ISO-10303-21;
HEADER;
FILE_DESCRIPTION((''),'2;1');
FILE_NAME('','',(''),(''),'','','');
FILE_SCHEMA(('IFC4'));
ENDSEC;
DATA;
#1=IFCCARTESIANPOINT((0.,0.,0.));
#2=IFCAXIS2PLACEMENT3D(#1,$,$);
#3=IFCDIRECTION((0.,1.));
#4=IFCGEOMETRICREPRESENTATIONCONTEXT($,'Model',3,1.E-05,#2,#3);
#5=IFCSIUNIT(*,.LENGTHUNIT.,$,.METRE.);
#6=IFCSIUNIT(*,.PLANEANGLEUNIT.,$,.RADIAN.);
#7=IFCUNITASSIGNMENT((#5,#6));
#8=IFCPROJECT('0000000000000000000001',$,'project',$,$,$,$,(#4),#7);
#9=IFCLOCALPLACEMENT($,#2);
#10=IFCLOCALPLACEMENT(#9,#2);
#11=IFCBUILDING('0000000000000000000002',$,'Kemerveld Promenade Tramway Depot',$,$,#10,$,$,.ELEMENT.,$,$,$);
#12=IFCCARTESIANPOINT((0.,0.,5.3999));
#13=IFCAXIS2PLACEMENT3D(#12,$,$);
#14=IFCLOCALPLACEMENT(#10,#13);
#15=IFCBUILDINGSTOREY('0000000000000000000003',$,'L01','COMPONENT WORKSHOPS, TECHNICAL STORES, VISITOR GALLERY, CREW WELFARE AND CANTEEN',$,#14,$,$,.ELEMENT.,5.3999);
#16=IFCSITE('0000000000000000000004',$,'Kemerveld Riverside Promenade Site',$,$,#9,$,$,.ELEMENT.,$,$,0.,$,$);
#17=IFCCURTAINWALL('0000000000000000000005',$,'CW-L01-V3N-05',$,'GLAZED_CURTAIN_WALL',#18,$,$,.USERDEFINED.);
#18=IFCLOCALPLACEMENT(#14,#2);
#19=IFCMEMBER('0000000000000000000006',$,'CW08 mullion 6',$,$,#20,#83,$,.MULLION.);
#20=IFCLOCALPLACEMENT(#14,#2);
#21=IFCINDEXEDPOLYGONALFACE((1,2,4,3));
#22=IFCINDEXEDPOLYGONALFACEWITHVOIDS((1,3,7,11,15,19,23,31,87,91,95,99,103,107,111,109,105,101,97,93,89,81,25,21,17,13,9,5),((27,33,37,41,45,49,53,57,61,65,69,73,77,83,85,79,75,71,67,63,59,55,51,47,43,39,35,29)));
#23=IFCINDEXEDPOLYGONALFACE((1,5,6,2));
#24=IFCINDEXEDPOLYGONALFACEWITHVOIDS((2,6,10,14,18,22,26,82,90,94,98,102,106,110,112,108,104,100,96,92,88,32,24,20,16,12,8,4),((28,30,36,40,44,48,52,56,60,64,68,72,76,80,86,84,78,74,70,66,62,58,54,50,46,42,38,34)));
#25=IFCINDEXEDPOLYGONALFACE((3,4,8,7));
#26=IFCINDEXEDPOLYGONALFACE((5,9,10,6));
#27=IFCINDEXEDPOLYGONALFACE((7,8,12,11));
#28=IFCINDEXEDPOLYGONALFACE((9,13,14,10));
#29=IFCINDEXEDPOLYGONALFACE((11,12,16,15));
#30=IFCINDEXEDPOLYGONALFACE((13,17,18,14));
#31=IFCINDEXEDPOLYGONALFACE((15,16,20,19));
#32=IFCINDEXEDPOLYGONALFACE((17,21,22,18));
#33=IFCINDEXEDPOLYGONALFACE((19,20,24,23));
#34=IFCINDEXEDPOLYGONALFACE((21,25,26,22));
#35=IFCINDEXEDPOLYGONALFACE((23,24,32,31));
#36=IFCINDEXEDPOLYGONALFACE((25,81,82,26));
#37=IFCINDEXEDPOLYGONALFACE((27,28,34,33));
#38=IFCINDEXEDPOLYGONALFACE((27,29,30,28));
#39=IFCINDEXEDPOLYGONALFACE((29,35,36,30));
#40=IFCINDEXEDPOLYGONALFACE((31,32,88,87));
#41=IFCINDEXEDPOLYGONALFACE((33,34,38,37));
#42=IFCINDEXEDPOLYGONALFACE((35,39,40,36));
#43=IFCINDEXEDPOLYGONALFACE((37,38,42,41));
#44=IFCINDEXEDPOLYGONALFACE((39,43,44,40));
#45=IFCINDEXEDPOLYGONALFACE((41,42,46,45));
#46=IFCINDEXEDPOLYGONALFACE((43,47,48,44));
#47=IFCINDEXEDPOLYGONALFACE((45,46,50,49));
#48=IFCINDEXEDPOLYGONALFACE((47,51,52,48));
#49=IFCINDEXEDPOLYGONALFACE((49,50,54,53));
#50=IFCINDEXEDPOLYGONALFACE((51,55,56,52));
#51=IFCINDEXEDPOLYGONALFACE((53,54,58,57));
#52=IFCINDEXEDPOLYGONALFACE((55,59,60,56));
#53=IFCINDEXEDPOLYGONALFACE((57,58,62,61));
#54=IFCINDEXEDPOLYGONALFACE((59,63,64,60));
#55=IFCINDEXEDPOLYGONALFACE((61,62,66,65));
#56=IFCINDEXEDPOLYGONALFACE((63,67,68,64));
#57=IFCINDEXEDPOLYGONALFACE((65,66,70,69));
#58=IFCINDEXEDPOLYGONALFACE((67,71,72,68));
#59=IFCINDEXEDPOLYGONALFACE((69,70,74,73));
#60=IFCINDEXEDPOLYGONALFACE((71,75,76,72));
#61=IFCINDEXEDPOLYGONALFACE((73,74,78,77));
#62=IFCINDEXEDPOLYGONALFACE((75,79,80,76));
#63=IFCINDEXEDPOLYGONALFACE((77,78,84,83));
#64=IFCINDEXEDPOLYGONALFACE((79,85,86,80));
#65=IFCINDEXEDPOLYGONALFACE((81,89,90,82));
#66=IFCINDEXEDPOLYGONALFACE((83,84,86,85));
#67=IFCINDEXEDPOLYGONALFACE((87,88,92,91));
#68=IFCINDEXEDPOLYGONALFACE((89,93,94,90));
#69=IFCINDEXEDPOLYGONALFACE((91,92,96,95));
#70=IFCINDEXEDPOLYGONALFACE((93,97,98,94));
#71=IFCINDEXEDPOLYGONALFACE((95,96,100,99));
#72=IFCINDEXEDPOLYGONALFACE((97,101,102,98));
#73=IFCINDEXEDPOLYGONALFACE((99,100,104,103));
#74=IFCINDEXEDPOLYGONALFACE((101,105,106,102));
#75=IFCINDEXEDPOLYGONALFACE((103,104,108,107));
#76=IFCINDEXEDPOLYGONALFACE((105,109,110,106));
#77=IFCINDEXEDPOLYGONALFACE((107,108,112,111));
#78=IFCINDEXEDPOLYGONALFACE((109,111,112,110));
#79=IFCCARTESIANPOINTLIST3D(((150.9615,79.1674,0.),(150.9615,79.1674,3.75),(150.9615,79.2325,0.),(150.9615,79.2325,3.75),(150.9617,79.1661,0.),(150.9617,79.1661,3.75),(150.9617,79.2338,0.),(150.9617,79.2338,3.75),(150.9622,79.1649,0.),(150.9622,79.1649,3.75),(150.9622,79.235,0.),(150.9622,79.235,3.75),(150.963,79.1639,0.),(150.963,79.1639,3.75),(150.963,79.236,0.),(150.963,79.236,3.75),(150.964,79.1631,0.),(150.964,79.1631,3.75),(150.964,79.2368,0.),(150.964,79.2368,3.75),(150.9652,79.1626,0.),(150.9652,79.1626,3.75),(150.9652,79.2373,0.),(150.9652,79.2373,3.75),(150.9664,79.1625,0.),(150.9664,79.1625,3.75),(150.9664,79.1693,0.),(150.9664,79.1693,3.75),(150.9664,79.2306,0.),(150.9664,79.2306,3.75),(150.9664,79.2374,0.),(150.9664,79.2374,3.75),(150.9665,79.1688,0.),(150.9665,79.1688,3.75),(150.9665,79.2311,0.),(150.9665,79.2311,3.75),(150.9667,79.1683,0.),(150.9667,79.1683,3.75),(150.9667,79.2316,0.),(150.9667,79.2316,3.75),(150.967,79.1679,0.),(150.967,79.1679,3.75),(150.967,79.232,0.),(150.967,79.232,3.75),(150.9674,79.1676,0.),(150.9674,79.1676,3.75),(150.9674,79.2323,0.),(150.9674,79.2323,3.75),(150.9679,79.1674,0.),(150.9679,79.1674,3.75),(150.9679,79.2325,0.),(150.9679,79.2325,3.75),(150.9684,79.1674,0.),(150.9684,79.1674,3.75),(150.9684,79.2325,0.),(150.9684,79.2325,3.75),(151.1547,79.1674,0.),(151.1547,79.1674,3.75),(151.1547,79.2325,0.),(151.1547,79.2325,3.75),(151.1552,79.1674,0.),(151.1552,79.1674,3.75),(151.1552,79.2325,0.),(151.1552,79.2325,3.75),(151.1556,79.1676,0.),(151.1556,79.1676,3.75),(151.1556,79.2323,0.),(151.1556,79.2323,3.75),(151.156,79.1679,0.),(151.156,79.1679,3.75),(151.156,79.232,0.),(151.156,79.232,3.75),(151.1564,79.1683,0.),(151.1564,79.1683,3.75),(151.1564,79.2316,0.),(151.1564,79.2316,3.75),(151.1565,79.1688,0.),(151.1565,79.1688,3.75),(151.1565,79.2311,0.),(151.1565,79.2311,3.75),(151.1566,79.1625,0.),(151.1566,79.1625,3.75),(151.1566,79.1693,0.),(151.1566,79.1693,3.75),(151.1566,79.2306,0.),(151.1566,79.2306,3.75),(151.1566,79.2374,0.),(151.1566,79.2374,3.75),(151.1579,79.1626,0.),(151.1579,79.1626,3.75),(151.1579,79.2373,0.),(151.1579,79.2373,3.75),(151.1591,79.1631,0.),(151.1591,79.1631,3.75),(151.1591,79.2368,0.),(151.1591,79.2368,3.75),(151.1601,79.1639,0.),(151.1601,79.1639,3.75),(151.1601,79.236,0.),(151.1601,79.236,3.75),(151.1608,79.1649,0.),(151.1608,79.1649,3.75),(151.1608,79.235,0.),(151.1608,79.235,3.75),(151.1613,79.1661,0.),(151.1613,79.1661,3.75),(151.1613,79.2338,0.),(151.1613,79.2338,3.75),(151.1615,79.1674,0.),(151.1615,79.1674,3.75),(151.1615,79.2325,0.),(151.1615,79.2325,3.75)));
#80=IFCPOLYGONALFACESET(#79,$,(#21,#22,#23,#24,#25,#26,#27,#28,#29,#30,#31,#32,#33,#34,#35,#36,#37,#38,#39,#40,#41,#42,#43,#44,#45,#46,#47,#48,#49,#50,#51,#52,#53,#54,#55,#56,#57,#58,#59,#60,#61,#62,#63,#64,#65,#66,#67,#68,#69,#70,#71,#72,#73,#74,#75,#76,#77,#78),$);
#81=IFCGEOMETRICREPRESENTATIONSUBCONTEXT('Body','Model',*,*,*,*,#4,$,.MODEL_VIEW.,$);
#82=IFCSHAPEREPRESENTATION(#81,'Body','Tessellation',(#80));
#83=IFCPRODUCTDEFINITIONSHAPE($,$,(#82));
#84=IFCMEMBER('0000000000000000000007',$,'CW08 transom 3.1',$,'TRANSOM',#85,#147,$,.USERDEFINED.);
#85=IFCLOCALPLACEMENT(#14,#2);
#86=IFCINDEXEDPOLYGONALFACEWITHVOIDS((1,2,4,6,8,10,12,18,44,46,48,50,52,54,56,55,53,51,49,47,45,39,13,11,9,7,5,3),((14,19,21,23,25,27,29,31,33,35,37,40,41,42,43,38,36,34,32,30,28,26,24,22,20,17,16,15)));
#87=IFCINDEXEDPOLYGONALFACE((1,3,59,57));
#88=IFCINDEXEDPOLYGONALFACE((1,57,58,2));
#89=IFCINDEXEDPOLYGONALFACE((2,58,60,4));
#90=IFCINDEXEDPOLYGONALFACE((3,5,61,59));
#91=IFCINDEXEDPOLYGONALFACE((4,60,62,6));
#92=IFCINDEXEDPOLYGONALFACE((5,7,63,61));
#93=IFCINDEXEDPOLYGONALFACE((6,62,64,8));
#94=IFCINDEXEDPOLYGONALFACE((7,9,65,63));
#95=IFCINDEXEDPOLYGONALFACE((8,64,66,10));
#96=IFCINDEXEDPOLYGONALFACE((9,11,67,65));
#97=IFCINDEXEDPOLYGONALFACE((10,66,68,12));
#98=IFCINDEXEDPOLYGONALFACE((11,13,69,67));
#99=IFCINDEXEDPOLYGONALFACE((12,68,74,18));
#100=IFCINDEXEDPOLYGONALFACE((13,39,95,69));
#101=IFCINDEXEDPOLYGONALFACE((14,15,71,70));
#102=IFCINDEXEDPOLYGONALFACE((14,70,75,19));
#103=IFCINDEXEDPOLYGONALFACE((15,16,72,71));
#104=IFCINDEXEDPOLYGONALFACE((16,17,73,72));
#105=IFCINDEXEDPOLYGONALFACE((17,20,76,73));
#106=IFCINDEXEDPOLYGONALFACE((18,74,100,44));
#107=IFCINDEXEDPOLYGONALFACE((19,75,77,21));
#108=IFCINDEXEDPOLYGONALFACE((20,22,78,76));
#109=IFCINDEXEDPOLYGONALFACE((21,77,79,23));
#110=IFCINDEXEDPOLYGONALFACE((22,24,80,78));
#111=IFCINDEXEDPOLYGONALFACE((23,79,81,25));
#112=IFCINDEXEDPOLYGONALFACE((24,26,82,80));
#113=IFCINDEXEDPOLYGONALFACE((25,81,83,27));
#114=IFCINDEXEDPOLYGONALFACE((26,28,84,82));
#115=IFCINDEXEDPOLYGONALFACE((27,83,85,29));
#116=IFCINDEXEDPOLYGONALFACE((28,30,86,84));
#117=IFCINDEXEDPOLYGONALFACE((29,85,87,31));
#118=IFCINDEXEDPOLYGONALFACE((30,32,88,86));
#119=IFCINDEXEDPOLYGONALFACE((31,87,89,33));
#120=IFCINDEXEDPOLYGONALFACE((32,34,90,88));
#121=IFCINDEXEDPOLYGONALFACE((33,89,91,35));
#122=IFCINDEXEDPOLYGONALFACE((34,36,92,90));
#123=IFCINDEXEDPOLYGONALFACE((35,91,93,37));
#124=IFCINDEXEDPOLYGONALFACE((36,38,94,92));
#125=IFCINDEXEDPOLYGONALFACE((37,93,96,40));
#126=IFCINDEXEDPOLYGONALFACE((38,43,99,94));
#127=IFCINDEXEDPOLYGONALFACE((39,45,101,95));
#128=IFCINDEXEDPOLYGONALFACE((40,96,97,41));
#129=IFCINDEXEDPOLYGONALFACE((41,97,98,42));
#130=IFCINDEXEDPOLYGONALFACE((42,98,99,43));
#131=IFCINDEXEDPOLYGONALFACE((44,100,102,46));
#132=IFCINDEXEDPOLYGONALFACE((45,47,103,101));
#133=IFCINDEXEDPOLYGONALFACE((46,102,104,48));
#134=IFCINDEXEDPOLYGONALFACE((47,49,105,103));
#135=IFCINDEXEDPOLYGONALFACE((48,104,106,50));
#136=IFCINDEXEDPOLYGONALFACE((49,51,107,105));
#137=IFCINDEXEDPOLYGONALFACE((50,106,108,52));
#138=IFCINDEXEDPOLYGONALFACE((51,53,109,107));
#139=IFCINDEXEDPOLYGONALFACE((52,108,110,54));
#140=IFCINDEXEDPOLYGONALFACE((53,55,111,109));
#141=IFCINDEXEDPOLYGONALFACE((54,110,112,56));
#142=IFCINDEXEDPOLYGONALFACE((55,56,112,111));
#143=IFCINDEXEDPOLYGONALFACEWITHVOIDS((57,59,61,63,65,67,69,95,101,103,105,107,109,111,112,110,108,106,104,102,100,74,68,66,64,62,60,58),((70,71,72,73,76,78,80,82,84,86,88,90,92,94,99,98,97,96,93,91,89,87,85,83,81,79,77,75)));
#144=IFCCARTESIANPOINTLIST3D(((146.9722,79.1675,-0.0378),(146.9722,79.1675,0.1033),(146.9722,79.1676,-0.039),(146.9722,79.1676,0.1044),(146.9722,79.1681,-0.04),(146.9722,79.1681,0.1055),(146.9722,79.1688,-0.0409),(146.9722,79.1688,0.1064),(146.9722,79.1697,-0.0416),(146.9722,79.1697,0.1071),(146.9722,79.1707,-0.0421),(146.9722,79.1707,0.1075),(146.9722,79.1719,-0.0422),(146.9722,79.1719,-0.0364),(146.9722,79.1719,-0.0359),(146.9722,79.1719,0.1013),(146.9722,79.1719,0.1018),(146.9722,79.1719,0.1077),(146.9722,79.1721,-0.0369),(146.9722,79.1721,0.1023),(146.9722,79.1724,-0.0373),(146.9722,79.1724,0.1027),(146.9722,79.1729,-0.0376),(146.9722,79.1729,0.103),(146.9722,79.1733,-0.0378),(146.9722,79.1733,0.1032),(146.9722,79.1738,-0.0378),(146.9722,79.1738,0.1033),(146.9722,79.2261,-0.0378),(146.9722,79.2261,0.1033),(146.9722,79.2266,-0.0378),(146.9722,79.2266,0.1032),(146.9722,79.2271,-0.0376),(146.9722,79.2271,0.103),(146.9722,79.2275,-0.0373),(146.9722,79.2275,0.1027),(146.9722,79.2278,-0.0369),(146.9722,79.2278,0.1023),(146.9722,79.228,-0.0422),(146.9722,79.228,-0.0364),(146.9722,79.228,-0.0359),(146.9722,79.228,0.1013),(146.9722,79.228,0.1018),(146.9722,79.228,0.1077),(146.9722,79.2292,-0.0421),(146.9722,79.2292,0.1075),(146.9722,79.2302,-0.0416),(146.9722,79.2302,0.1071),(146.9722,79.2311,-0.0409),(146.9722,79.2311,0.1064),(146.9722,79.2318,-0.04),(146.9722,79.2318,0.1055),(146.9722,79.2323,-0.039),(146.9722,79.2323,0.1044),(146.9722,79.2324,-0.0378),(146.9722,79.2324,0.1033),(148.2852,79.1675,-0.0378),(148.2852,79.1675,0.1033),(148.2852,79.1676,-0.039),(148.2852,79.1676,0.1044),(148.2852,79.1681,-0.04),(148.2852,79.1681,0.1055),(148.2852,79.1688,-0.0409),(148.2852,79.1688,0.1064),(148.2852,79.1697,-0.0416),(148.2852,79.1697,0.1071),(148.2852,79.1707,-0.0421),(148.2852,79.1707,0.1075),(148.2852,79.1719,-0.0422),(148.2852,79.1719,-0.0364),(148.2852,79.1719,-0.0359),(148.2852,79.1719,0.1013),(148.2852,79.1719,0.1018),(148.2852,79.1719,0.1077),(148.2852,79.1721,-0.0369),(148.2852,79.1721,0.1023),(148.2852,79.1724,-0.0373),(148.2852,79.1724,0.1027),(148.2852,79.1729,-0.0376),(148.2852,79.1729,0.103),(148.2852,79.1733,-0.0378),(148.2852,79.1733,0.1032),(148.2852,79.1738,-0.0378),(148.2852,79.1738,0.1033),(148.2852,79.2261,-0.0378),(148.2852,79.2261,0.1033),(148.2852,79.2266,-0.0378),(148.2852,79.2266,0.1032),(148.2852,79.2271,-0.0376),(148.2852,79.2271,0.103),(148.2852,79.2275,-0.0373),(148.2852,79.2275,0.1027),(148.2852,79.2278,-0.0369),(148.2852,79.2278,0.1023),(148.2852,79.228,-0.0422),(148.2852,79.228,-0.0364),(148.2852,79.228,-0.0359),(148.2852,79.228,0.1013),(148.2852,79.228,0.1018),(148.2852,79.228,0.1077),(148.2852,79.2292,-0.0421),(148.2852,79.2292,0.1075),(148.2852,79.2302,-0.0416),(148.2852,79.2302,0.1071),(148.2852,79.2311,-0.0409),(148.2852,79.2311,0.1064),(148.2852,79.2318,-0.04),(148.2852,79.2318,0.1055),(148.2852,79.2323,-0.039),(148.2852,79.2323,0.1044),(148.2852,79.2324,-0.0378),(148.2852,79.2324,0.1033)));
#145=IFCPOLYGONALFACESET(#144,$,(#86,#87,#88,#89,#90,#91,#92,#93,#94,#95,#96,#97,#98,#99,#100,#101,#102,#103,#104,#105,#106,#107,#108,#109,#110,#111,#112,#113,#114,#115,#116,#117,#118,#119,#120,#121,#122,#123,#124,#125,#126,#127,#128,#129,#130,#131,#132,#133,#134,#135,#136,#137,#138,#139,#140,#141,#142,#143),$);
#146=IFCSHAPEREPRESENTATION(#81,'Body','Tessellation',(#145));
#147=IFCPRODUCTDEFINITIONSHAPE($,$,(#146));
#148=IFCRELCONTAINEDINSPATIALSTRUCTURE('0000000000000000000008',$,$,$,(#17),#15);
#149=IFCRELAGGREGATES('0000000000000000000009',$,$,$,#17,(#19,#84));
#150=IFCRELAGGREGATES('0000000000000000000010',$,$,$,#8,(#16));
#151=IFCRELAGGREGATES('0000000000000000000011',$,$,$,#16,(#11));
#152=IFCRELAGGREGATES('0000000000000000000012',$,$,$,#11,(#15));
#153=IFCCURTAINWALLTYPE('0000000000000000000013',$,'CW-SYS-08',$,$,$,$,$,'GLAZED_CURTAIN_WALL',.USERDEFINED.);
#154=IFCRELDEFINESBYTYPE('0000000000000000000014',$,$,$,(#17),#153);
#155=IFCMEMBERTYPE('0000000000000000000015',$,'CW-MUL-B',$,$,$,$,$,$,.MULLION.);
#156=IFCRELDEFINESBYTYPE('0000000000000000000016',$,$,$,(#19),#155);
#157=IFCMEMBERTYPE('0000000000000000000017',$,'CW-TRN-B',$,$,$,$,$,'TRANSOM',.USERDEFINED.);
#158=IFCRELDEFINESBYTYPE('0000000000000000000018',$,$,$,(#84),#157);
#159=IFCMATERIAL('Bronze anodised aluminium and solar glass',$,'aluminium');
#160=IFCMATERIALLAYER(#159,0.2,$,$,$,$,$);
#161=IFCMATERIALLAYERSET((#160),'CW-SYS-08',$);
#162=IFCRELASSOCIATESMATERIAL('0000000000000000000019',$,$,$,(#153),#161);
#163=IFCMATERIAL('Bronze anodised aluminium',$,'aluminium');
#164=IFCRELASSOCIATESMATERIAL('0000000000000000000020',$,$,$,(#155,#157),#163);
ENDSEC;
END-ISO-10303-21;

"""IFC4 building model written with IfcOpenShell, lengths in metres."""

from ifc_helpers import new_model, si_unit, direction, frame, origin, origin_2d, place, context, subcontext, project, spatial, hollow_rectangle, extrude, material, layer, layer_set, material_profile, profile_set, type_object, element, aggregate, save


model = new_model("IFC4")

# Units and contexts
model_context = context("Model", 3, precision=1e-05, world=origin(), true_north=direction((0.0, 1.0)))
body_context = subcontext(model_context, "Body", "Model", "MODEL_VIEW")
ifc_project = project(units=[si_unit("LENGTHUNIT", "METRE"), si_unit("PLANEANGLEUNIT", "RADIAN")], contexts=[model_context])

# Site, building, storey
site_placement = place(None, origin())
site = spatial("IfcSite", under=ifc_project, at=site_placement, Name="Kemerveld Riverside Promenade Site", CompositionType="ELEMENT", RefElevation=0.0)
building_placement = place(site_placement, origin())
building = spatial("IfcBuilding", under=site, at=building_placement, Name="Kemerveld Promenade Tramway Depot", CompositionType="ELEMENT")
storey_placement = place(building_placement, frame((0.0, 0.0, 5.3999)))
storey = spatial("IfcBuildingStorey", under=building, at=storey_placement, Name="L01", Description="COMPONENT WORKSHOPS, TECHNICAL STORES, VISITOR GALLERY, CREW WELFARE AND CANTEEN", CompositionType="ELEMENT", Elevation=5.3999)

# Curtain wall, members
ifc_material_1 = material(Name="Bronze anodised aluminium and solar glass", Category="aluminium")
ifc_layer_1 = layer(ifc_material_1, 0.2)
ifc_layer_set_1 = layer_set([ifc_layer_1], Name="CW-SYS-08")
curtain_wall_type = type_object("IfcCurtainWallType", Name="CW-SYS-08", ElementType="GLAZED_CURTAIN_WALL", PredefinedType="USERDEFINED", material=ifc_layer_set_1)
curtain_wall_placement = place(storey_placement, origin())
curtain_wall = element("IfcCurtainWall", 1, at=curtain_wall_placement, inside=storey, type_object=curtain_wall_type, Name="CW-L01-V3N-05", ObjectType="GLAZED_CURTAIN_WALL", PredefinedType="USERDEFINED")
ifc_material_2 = material(Name="Bronze anodised aluminium", Category="aluminium")
ifc_material_profile_1 = material_profile(ifc_material_2, hollow_rectangle(XDim=0.075, YDim=0.2, WallThickness=0.0049, InnerFilletRadius=0.002, OuterFilletRadius=0.0049, at=origin_2d()), Name="CW-MUL-200x75")
ifc_profile_set_1 = profile_set([ifc_material_profile_1], Name="Bronze anodised aluminium")
member_type_1 = type_object("IfcMemberType", Name="CW-MUL-B", PredefinedType="MULLION", material=ifc_profile_set_1)
member_1_placement = place(storey_placement, frame((151.0615, 79.2, 0.0), z_axis=(0.0, 0.0, 1.0), x_axis=(0.0, 1.0, 0.0)))
member_1 = element("IfcMember", 2, at=member_1_placement, type_object=member_type_1, Name="CW08 mullion 6", PredefinedType="MULLION", context=body_context, shape_type="SweptSolid", body=[
    extrude(hollow_rectangle(XDim=0.075, YDim=0.2, WallThickness=0.0049, InnerFilletRadius=0.002, OuterFilletRadius=0.0049, at=origin_2d()), origin(), (0.0, 0.0, 1.0), 3.75),
])
ifc_material_profile_2 = material_profile(ifc_material_2, hollow_rectangle(XDim=0.0649, YDim=0.1499, WallThickness=0.0044, InnerFilletRadius=0.002, OuterFilletRadius=0.0044, at=origin_2d()), Name="CW-TRN-150x65")
ifc_profile_set_2 = profile_set([ifc_material_profile_2], Name="Bronze anodised aluminium")
member_type_2 = type_object("IfcMemberType", Name="CW-TRN-B", ElementType="TRANSOM", PredefinedType="USERDEFINED", material=ifc_profile_set_2)
member_2_placement = place(storey_placement, frame((146.9722, 79.2, 0.0327), z_axis=(1.0, 0.0, 0.0), x_axis=(0.0, 1.0, 0.0)))
member_2 = element("IfcMember", 3, at=member_2_placement, type_object=member_type_2, Name="CW08 transom 3.1", ObjectType="TRANSOM", PredefinedType="USERDEFINED", context=body_context, shape_type="SweptSolid", body=[
    extrude(hollow_rectangle(XDim=0.0649, YDim=0.1499, WallThickness=0.0044, InnerFilletRadius=0.002, OuterFilletRadius=0.0044, at=origin_2d()), origin(), (0.0, 0.0, 1.0), 1.313),
])
aggregate(curtain_wall, [member_1, member_2])

save(model, "model.ifc")
